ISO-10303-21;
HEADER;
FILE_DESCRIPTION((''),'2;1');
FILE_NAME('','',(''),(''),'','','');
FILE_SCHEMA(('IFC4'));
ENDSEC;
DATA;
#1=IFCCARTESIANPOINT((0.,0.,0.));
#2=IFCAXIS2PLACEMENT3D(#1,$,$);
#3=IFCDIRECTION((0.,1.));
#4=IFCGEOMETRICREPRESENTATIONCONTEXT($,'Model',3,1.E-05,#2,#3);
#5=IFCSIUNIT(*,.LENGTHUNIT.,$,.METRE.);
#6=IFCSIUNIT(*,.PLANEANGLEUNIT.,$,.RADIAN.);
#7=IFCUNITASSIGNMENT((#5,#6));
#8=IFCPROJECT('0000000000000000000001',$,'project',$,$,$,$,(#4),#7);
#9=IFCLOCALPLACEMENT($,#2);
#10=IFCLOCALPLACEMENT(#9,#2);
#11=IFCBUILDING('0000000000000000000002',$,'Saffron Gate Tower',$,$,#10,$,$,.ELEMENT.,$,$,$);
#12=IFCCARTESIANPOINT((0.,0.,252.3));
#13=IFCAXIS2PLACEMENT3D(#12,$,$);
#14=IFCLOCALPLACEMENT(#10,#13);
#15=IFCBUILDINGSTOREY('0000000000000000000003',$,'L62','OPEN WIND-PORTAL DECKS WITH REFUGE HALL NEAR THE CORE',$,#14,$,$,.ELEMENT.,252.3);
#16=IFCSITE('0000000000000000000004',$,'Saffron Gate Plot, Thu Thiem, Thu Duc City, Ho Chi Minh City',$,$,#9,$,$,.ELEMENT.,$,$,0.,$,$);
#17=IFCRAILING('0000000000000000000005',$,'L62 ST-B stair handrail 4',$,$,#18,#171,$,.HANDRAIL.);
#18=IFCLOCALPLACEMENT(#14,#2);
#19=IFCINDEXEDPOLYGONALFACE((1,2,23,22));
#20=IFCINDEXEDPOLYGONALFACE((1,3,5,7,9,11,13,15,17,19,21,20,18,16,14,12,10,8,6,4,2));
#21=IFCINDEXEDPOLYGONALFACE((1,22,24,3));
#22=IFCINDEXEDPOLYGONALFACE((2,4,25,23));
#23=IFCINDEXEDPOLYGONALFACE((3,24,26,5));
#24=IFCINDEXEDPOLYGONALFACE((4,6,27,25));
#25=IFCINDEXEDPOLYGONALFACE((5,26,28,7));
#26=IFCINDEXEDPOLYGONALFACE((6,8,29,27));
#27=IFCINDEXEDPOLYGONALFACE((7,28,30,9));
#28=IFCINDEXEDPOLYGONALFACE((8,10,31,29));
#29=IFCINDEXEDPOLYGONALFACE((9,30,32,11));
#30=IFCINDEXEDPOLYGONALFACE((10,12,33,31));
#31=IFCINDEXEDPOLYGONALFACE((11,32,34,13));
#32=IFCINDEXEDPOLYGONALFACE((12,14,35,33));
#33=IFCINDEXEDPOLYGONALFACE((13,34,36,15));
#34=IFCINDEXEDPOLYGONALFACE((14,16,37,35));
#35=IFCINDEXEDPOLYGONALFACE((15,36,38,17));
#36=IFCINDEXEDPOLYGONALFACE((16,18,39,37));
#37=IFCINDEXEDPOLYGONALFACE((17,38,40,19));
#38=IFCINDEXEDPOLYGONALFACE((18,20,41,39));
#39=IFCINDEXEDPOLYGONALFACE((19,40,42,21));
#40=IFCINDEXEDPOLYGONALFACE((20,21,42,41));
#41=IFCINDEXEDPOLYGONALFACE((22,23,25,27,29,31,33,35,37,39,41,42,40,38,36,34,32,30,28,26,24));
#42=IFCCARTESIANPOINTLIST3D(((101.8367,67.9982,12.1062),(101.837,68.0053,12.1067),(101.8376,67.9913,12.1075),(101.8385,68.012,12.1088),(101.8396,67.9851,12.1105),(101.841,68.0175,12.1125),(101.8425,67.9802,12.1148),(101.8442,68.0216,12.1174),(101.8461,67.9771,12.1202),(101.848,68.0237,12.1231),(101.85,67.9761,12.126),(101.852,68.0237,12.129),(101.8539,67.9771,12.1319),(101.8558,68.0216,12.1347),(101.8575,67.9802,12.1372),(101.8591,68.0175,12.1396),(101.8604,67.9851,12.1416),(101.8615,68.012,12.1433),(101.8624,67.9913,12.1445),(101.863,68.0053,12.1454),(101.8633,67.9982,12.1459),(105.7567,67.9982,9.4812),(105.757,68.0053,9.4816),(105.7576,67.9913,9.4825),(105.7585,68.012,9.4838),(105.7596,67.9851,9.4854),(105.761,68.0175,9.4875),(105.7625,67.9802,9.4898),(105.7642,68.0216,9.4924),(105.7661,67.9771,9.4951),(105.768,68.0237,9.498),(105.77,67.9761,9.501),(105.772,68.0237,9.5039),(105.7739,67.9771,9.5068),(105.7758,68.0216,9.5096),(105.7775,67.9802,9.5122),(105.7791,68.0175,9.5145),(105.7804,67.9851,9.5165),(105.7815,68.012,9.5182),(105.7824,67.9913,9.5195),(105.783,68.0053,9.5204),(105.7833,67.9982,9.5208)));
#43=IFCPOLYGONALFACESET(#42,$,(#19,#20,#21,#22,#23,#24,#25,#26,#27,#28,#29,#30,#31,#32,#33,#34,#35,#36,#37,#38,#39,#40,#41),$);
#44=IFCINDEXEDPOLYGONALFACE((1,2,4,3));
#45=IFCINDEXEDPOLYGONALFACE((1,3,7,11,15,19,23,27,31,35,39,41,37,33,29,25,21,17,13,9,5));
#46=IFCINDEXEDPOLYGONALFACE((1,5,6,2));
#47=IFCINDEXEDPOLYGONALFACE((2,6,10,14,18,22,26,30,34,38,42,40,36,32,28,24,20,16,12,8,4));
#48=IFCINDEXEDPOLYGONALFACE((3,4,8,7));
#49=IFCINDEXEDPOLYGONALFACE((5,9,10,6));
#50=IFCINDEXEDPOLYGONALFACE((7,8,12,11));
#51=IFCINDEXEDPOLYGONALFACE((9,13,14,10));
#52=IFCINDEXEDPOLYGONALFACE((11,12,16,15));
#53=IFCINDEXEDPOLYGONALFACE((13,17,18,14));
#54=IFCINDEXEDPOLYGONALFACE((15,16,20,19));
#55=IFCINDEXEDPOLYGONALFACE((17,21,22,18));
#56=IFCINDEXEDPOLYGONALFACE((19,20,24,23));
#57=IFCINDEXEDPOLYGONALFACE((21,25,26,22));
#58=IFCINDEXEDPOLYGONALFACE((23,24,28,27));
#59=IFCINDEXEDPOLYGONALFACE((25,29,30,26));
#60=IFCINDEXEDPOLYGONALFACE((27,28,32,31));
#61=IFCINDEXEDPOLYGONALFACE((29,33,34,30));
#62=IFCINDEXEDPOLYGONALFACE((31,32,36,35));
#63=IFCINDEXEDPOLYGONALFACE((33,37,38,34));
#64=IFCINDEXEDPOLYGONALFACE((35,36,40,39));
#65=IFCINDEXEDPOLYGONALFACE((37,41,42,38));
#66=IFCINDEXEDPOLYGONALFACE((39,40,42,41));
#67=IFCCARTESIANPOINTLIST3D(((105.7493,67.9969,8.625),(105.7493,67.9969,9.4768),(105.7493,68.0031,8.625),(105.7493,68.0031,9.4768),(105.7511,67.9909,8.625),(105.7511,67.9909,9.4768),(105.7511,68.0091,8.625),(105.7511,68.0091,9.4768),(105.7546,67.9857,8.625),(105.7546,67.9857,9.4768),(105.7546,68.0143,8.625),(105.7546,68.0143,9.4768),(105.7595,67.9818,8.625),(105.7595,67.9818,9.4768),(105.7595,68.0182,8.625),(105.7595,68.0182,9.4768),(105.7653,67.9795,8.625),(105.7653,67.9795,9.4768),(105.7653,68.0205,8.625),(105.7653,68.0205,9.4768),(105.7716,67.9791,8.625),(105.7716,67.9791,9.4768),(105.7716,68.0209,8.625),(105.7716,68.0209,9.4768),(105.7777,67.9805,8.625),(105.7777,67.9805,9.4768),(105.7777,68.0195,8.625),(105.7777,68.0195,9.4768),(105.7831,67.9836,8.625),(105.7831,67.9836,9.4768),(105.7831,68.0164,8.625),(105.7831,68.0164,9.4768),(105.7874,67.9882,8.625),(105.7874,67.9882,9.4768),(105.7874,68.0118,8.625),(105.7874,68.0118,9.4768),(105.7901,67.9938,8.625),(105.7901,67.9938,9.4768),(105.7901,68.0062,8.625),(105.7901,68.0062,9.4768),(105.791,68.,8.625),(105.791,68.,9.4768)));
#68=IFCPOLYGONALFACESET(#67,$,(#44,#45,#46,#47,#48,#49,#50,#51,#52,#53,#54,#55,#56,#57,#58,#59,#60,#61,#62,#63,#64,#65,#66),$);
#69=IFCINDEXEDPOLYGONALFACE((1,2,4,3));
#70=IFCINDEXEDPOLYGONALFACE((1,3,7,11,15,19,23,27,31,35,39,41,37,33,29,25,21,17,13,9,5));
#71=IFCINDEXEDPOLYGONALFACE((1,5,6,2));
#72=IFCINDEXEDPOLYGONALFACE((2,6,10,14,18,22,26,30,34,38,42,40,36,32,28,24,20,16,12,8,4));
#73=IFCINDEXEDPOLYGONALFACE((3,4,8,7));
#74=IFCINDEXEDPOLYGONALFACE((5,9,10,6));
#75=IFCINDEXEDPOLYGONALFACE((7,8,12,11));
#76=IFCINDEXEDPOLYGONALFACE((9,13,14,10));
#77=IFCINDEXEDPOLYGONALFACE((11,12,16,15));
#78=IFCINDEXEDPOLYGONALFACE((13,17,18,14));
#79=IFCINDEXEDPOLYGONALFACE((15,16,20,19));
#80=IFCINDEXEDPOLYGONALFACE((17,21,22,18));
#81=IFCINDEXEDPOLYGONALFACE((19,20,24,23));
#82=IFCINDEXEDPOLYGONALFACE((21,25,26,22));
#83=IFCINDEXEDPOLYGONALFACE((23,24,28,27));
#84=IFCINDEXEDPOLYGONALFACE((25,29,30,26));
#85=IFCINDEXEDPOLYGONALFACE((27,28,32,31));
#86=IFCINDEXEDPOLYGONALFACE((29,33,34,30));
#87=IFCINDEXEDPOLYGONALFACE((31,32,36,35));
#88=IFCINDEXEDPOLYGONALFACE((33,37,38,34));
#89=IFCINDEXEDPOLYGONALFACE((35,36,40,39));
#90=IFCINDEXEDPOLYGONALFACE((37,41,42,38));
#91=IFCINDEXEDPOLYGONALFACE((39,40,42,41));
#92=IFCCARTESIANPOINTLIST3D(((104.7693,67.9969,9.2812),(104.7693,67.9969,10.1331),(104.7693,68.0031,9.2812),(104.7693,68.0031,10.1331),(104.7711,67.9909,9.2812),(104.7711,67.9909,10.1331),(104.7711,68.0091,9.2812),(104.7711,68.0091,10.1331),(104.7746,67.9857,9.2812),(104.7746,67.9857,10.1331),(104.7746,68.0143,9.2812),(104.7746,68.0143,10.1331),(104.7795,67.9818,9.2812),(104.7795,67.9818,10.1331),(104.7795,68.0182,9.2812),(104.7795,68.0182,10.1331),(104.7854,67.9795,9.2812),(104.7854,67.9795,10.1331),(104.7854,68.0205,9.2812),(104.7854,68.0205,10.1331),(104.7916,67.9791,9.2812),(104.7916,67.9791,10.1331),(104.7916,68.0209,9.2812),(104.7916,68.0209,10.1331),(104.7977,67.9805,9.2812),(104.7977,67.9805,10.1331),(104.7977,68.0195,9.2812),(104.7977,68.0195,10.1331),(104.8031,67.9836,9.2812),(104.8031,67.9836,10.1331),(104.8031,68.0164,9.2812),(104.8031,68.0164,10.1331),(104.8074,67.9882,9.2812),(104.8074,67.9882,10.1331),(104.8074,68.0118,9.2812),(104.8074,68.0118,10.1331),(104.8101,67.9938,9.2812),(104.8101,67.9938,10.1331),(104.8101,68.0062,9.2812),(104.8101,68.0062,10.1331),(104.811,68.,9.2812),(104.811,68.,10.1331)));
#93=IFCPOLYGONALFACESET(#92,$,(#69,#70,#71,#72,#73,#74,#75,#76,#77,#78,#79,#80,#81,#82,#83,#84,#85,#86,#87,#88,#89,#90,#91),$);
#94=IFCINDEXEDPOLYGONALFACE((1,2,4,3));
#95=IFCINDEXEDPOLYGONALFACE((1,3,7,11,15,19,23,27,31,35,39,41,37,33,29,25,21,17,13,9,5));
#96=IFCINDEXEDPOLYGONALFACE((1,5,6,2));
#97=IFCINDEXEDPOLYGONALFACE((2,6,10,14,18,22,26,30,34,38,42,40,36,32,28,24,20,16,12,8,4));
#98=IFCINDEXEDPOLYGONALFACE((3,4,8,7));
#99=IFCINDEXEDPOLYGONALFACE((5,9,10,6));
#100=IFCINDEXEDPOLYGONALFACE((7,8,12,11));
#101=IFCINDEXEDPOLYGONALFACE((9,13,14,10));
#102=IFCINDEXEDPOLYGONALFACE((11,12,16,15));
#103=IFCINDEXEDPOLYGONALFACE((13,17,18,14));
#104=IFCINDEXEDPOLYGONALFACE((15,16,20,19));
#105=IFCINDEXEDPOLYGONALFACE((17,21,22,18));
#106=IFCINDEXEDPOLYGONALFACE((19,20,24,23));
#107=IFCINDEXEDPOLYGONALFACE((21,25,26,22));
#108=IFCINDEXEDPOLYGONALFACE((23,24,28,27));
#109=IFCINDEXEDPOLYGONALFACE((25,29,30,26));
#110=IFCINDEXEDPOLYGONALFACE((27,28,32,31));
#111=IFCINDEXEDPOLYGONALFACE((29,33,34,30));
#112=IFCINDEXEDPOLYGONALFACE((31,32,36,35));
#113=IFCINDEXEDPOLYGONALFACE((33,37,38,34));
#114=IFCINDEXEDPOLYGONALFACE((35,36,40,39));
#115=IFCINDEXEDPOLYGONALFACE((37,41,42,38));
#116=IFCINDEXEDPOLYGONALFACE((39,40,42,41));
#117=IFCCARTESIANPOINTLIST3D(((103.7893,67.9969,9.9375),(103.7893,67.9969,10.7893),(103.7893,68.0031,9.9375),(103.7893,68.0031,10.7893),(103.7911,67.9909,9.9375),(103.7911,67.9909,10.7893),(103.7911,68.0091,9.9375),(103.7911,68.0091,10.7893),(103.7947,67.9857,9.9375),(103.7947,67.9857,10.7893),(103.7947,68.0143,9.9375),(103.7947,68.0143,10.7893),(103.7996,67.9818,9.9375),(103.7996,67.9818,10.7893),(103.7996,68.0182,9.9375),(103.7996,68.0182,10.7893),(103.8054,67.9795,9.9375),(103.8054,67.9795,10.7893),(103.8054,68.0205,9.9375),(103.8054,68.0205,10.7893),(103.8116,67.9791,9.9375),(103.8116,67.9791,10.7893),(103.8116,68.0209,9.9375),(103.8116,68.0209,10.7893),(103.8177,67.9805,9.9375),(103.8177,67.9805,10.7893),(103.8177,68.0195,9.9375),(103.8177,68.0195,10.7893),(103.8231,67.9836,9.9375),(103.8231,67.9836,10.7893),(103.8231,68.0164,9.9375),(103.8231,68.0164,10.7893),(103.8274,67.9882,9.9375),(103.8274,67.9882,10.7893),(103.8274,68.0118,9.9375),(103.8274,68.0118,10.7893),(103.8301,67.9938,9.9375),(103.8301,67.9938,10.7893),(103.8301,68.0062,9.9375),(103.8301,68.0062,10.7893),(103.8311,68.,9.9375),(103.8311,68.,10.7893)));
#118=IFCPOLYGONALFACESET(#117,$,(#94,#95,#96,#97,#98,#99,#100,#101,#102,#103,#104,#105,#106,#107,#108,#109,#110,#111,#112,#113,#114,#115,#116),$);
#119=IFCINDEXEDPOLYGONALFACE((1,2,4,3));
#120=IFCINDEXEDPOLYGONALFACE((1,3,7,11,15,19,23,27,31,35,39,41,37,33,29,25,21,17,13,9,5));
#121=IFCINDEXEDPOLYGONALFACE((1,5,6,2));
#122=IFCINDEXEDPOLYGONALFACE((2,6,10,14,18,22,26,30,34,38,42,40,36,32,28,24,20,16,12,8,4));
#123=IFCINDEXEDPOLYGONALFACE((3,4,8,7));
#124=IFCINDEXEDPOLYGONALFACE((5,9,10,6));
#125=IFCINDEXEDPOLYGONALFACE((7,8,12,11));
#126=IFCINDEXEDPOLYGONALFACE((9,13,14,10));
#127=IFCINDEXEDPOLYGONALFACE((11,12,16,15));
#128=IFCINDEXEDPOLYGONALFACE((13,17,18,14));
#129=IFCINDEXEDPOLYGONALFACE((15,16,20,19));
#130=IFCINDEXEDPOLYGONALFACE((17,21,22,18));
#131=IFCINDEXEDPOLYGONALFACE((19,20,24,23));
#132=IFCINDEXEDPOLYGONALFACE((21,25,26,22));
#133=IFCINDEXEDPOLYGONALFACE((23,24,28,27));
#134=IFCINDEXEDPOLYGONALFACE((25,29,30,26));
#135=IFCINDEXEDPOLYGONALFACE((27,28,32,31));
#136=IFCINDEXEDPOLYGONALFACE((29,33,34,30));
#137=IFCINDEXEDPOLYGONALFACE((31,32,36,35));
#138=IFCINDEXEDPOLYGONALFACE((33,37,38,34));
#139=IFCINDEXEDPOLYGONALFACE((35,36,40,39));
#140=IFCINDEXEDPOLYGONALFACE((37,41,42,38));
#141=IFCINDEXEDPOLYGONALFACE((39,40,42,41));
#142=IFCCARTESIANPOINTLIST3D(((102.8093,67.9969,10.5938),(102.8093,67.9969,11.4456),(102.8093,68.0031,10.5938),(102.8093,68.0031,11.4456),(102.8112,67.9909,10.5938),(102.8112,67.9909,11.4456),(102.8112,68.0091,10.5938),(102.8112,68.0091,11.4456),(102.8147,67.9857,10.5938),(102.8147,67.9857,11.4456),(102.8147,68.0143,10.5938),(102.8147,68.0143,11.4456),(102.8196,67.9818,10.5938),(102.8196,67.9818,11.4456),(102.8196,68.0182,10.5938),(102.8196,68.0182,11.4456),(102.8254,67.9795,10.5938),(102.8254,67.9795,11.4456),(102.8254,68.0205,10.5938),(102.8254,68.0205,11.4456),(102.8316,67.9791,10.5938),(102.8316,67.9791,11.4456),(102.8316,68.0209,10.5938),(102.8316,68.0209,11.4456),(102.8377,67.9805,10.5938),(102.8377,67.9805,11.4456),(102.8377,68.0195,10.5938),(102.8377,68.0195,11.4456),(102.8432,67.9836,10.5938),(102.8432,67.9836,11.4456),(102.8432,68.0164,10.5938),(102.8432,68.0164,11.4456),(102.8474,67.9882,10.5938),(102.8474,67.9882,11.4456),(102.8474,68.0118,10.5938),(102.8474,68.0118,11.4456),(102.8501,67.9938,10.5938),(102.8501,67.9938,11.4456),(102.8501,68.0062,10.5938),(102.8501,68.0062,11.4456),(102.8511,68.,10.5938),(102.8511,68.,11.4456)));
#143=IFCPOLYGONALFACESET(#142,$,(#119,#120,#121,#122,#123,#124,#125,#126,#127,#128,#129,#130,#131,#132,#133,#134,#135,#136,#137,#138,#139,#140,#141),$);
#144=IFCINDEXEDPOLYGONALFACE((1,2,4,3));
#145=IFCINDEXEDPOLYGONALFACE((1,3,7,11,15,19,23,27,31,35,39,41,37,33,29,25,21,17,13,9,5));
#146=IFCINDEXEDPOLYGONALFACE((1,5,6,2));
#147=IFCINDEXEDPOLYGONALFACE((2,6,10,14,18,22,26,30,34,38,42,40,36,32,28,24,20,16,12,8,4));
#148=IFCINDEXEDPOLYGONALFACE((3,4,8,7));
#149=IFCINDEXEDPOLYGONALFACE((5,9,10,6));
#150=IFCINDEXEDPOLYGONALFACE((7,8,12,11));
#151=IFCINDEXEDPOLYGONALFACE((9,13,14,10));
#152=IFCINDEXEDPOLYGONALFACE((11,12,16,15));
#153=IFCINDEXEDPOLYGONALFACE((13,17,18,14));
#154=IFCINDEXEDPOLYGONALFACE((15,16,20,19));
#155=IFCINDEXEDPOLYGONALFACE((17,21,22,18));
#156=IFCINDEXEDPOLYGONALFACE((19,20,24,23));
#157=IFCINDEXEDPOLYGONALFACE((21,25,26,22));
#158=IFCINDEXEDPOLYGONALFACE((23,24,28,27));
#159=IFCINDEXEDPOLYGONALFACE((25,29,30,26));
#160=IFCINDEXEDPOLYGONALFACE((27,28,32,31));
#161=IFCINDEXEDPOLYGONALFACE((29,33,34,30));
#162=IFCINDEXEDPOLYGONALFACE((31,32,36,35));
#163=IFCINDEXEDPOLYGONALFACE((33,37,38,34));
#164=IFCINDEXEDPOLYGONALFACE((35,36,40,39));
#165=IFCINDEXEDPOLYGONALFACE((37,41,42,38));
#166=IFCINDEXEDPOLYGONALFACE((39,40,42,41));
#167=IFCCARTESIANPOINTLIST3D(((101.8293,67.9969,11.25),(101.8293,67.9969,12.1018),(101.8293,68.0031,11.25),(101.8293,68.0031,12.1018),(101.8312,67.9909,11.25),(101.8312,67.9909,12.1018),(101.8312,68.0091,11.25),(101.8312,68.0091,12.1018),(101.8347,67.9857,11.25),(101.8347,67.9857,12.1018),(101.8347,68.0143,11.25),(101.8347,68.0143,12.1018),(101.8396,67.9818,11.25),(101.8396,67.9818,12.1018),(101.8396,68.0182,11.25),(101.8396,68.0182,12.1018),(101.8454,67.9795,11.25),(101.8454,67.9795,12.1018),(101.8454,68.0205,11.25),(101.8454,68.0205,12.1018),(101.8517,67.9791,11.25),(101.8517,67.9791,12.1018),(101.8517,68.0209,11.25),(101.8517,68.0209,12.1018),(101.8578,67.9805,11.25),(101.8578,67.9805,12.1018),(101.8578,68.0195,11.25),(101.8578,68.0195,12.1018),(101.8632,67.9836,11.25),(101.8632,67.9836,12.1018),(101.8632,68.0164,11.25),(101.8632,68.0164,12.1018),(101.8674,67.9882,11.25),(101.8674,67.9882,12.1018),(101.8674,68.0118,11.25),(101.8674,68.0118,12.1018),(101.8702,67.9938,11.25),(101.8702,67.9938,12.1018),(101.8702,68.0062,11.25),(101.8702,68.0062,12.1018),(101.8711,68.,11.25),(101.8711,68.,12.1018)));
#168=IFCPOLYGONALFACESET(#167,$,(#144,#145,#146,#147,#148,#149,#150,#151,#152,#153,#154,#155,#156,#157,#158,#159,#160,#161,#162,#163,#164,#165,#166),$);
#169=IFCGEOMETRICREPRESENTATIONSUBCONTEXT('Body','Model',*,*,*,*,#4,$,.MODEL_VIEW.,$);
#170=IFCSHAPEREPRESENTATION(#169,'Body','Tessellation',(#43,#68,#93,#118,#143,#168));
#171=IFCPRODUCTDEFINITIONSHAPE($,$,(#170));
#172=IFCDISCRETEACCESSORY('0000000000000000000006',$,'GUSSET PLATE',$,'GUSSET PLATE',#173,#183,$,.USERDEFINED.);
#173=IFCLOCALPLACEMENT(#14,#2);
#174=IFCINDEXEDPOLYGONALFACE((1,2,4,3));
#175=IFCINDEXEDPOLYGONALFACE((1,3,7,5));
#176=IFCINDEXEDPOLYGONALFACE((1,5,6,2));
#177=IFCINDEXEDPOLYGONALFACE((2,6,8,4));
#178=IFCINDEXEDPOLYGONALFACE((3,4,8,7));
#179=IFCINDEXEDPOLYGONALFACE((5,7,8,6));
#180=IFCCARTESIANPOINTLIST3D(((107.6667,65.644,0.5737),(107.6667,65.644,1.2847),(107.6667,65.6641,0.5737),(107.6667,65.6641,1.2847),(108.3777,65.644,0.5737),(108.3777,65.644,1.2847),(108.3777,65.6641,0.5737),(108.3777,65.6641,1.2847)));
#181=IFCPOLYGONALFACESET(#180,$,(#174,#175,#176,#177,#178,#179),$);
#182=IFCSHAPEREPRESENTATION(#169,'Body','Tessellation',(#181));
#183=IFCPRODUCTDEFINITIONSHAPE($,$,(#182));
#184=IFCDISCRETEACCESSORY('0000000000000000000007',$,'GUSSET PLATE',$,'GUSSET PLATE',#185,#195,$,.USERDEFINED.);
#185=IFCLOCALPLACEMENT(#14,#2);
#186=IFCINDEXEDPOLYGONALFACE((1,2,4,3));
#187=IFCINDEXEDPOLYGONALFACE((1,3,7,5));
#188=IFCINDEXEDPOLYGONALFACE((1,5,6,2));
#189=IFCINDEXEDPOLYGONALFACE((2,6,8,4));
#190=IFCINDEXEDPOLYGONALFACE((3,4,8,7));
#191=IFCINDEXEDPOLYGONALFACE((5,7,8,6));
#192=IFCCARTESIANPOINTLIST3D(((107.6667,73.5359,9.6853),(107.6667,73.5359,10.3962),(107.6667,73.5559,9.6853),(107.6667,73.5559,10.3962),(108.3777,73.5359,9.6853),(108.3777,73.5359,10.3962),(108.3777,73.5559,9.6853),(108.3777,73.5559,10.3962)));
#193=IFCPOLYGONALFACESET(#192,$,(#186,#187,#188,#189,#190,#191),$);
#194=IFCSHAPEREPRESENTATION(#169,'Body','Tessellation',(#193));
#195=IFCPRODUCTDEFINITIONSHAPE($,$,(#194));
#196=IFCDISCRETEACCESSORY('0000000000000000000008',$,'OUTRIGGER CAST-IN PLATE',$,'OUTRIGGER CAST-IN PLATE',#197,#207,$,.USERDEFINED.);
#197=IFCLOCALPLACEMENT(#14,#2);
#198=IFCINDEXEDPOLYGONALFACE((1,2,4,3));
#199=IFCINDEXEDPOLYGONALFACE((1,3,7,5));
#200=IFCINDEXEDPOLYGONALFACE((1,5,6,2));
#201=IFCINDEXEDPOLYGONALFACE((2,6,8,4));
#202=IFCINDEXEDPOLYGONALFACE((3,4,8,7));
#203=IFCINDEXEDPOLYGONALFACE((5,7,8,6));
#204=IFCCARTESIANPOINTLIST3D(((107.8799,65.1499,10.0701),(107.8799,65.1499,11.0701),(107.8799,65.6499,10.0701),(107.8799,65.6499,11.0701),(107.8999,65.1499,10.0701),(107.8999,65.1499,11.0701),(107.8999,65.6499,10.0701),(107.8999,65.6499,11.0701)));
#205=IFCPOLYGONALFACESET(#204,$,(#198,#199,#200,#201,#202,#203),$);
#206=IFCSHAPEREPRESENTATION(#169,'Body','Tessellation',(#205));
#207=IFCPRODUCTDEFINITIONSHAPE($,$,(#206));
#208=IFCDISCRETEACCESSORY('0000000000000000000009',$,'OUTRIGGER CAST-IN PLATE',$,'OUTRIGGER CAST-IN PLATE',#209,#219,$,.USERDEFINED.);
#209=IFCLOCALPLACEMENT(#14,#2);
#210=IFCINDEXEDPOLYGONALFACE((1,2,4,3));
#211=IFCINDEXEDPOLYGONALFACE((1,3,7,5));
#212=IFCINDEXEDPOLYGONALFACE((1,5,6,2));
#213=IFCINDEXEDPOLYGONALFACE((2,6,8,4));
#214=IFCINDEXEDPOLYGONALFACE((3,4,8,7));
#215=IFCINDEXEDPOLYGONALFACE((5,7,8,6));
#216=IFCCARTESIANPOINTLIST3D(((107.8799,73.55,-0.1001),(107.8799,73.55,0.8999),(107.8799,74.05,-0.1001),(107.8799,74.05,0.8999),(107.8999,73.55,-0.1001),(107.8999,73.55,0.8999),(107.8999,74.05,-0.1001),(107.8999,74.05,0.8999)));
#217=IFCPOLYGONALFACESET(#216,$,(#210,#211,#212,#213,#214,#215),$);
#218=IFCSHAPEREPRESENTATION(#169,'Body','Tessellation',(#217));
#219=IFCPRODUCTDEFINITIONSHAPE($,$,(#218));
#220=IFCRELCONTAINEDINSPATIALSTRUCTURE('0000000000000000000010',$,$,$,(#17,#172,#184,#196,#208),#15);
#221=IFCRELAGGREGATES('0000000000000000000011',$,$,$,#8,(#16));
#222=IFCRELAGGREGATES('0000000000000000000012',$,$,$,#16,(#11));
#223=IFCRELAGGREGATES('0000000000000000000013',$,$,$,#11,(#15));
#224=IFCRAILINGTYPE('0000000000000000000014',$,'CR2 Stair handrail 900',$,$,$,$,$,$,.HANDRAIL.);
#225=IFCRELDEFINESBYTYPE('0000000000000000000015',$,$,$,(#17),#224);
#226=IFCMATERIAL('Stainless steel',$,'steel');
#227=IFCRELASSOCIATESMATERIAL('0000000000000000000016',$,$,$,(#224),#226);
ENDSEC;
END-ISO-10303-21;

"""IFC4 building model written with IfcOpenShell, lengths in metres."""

from ifc_helpers import new_model, si_unit, direction, frame, origin, origin_2d, place, context, subcontext, project, spatial, rectangle, circle, extrude, material, type_object, element, save


model = new_model("IFC4")

# Units and contexts
model_context = context("Model", 3, precision=1e-05, world=origin(), true_north=direction((0.0, 1.0)))
body_context = subcontext(model_context, "Body", "Model", "MODEL_VIEW")
ifc_project = project(units=[si_unit("LENGTHUNIT", "METRE"), si_unit("PLANEANGLEUNIT", "RADIAN")], contexts=[model_context])

# Site, building, storey
site_placement = place(None, origin())
site = spatial("IfcSite", under=ifc_project, at=site_placement, Name="Saffron Gate Plot, Thu Thiem, Thu Duc City, Ho Chi Minh City", CompositionType="ELEMENT", RefElevation=0.0)
building_placement = place(site_placement, origin())
building = spatial("IfcBuilding", under=site, at=building_placement, Name="Saffron Gate Tower", CompositionType="ELEMENT")
storey_placement = place(building_placement, frame((0.0, 0.0, 252.3)))
storey = spatial("IfcBuildingStorey", under=building, at=storey_placement, Name="L62", Description="OPEN WIND-PORTAL DECKS WITH REFUGE HALL NEAR THE CORE", CompositionType="ELEMENT", Elevation=252.3)

# Railing
ifc_material_1 = material(Name="Stainless steel", Category="steel")
railing_type_1 = type_object("IfcRailingType", Name="CR2 Stair handrail 900", PredefinedType="HANDRAIL", material=ifc_material_1)
railing_1_placement = place(storey_placement, frame((105.77, 68.0, 8.625)))
element("IfcRailing", 1, at=railing_1_placement, inside=storey, type_object=railing_type_1, Name="L62 ST-B stair handrail 4", PredefinedType="HANDRAIL", context=body_context, shape_type="SweptSolid", body=[
    extrude(circle(Radius=0.0239, at=origin_2d()), frame((0.0, 0.0, 0.876), z_axis=(-0.830902, 0.0, 0.556419), x_axis=(0.0, -1.0, 0.0)), (0.0, 0.0, 1.0), 4.7178),
    extrude(circle(Radius=0.021, at=origin_2d()), origin(), (0.0, 0.0, 1.0), 0.8518),
    extrude(circle(Radius=0.021, at=origin_2d()), frame((-0.98, 0.0, 0.6562)), (0.0, 0.0, 1.0), 0.8518),
    extrude(circle(Radius=0.021, at=origin_2d()), frame((-1.96, 0.0, 1.3125)), (0.0, 0.0, 1.0), 0.8518),
    extrude(circle(Radius=0.021, at=origin_2d()), frame((-2.9399, 0.0, 1.9688)), (0.0, 0.0, 1.0), 0.8518),
    extrude(circle(Radius=0.021, at=origin_2d()), frame((-3.9199, 0.0, 2.625)), (0.0, 0.0, 1.0), 0.8518),
])

# Discrete accessories
for number, where, z_axis, x_axis, name in (
    (2, (108.0222, 65.6541, 0.5737), (0.0, 0.0, 1.0), (1.0, 0.0, 0.0), "GUSSET PLATE"),
    (3, (108.0222, 73.5459, 9.6853), (0.0, 0.0, 1.0), (-1.0, 0.0, 0.0), "GUSSET PLATE"),
):
    element("IfcDiscreteAccessory", number, at=place(storey_placement, frame(where, z_axis=z_axis, x_axis=x_axis)), inside=storey, Name=name, ObjectType="GUSSET PLATE", PredefinedType="USERDEFINED", context=body_context, shape_type="SweptSolid", body=[
        extrude(rectangle(XDim=0.7109, YDim=0.02, at=origin_2d()), origin(), (0.0, 0.0, 1.0), 0.7109),
    ])
for number, where, z_axis, x_axis, name in (
    (4, (107.8899, 65.3999, 10.0701), (0.0, 0.0, 1.0), (-1.0, 0.0, 0.0), "OUTRIGGER CAST-IN PLATE"),
    (5, (107.8899, 73.8, -0.1001), (0.0, 0.0, 1.0), (-1.0, 0.0, 0.0), "OUTRIGGER CAST-IN PLATE"),
):
    element("IfcDiscreteAccessory", number, at=place(storey_placement, frame(where, z_axis=z_axis, x_axis=x_axis)), inside=storey, Name=name, ObjectType="OUTRIGGER CAST-IN PLATE", PredefinedType="USERDEFINED", context=body_context, shape_type="SweptSolid", body=[
        extrude(rectangle(XDim=0.02, YDim=0.5, at=origin_2d()), origin(), (0.0, 0.0, 1.0), 1.0),
    ])

save(model, "model.ifc")
